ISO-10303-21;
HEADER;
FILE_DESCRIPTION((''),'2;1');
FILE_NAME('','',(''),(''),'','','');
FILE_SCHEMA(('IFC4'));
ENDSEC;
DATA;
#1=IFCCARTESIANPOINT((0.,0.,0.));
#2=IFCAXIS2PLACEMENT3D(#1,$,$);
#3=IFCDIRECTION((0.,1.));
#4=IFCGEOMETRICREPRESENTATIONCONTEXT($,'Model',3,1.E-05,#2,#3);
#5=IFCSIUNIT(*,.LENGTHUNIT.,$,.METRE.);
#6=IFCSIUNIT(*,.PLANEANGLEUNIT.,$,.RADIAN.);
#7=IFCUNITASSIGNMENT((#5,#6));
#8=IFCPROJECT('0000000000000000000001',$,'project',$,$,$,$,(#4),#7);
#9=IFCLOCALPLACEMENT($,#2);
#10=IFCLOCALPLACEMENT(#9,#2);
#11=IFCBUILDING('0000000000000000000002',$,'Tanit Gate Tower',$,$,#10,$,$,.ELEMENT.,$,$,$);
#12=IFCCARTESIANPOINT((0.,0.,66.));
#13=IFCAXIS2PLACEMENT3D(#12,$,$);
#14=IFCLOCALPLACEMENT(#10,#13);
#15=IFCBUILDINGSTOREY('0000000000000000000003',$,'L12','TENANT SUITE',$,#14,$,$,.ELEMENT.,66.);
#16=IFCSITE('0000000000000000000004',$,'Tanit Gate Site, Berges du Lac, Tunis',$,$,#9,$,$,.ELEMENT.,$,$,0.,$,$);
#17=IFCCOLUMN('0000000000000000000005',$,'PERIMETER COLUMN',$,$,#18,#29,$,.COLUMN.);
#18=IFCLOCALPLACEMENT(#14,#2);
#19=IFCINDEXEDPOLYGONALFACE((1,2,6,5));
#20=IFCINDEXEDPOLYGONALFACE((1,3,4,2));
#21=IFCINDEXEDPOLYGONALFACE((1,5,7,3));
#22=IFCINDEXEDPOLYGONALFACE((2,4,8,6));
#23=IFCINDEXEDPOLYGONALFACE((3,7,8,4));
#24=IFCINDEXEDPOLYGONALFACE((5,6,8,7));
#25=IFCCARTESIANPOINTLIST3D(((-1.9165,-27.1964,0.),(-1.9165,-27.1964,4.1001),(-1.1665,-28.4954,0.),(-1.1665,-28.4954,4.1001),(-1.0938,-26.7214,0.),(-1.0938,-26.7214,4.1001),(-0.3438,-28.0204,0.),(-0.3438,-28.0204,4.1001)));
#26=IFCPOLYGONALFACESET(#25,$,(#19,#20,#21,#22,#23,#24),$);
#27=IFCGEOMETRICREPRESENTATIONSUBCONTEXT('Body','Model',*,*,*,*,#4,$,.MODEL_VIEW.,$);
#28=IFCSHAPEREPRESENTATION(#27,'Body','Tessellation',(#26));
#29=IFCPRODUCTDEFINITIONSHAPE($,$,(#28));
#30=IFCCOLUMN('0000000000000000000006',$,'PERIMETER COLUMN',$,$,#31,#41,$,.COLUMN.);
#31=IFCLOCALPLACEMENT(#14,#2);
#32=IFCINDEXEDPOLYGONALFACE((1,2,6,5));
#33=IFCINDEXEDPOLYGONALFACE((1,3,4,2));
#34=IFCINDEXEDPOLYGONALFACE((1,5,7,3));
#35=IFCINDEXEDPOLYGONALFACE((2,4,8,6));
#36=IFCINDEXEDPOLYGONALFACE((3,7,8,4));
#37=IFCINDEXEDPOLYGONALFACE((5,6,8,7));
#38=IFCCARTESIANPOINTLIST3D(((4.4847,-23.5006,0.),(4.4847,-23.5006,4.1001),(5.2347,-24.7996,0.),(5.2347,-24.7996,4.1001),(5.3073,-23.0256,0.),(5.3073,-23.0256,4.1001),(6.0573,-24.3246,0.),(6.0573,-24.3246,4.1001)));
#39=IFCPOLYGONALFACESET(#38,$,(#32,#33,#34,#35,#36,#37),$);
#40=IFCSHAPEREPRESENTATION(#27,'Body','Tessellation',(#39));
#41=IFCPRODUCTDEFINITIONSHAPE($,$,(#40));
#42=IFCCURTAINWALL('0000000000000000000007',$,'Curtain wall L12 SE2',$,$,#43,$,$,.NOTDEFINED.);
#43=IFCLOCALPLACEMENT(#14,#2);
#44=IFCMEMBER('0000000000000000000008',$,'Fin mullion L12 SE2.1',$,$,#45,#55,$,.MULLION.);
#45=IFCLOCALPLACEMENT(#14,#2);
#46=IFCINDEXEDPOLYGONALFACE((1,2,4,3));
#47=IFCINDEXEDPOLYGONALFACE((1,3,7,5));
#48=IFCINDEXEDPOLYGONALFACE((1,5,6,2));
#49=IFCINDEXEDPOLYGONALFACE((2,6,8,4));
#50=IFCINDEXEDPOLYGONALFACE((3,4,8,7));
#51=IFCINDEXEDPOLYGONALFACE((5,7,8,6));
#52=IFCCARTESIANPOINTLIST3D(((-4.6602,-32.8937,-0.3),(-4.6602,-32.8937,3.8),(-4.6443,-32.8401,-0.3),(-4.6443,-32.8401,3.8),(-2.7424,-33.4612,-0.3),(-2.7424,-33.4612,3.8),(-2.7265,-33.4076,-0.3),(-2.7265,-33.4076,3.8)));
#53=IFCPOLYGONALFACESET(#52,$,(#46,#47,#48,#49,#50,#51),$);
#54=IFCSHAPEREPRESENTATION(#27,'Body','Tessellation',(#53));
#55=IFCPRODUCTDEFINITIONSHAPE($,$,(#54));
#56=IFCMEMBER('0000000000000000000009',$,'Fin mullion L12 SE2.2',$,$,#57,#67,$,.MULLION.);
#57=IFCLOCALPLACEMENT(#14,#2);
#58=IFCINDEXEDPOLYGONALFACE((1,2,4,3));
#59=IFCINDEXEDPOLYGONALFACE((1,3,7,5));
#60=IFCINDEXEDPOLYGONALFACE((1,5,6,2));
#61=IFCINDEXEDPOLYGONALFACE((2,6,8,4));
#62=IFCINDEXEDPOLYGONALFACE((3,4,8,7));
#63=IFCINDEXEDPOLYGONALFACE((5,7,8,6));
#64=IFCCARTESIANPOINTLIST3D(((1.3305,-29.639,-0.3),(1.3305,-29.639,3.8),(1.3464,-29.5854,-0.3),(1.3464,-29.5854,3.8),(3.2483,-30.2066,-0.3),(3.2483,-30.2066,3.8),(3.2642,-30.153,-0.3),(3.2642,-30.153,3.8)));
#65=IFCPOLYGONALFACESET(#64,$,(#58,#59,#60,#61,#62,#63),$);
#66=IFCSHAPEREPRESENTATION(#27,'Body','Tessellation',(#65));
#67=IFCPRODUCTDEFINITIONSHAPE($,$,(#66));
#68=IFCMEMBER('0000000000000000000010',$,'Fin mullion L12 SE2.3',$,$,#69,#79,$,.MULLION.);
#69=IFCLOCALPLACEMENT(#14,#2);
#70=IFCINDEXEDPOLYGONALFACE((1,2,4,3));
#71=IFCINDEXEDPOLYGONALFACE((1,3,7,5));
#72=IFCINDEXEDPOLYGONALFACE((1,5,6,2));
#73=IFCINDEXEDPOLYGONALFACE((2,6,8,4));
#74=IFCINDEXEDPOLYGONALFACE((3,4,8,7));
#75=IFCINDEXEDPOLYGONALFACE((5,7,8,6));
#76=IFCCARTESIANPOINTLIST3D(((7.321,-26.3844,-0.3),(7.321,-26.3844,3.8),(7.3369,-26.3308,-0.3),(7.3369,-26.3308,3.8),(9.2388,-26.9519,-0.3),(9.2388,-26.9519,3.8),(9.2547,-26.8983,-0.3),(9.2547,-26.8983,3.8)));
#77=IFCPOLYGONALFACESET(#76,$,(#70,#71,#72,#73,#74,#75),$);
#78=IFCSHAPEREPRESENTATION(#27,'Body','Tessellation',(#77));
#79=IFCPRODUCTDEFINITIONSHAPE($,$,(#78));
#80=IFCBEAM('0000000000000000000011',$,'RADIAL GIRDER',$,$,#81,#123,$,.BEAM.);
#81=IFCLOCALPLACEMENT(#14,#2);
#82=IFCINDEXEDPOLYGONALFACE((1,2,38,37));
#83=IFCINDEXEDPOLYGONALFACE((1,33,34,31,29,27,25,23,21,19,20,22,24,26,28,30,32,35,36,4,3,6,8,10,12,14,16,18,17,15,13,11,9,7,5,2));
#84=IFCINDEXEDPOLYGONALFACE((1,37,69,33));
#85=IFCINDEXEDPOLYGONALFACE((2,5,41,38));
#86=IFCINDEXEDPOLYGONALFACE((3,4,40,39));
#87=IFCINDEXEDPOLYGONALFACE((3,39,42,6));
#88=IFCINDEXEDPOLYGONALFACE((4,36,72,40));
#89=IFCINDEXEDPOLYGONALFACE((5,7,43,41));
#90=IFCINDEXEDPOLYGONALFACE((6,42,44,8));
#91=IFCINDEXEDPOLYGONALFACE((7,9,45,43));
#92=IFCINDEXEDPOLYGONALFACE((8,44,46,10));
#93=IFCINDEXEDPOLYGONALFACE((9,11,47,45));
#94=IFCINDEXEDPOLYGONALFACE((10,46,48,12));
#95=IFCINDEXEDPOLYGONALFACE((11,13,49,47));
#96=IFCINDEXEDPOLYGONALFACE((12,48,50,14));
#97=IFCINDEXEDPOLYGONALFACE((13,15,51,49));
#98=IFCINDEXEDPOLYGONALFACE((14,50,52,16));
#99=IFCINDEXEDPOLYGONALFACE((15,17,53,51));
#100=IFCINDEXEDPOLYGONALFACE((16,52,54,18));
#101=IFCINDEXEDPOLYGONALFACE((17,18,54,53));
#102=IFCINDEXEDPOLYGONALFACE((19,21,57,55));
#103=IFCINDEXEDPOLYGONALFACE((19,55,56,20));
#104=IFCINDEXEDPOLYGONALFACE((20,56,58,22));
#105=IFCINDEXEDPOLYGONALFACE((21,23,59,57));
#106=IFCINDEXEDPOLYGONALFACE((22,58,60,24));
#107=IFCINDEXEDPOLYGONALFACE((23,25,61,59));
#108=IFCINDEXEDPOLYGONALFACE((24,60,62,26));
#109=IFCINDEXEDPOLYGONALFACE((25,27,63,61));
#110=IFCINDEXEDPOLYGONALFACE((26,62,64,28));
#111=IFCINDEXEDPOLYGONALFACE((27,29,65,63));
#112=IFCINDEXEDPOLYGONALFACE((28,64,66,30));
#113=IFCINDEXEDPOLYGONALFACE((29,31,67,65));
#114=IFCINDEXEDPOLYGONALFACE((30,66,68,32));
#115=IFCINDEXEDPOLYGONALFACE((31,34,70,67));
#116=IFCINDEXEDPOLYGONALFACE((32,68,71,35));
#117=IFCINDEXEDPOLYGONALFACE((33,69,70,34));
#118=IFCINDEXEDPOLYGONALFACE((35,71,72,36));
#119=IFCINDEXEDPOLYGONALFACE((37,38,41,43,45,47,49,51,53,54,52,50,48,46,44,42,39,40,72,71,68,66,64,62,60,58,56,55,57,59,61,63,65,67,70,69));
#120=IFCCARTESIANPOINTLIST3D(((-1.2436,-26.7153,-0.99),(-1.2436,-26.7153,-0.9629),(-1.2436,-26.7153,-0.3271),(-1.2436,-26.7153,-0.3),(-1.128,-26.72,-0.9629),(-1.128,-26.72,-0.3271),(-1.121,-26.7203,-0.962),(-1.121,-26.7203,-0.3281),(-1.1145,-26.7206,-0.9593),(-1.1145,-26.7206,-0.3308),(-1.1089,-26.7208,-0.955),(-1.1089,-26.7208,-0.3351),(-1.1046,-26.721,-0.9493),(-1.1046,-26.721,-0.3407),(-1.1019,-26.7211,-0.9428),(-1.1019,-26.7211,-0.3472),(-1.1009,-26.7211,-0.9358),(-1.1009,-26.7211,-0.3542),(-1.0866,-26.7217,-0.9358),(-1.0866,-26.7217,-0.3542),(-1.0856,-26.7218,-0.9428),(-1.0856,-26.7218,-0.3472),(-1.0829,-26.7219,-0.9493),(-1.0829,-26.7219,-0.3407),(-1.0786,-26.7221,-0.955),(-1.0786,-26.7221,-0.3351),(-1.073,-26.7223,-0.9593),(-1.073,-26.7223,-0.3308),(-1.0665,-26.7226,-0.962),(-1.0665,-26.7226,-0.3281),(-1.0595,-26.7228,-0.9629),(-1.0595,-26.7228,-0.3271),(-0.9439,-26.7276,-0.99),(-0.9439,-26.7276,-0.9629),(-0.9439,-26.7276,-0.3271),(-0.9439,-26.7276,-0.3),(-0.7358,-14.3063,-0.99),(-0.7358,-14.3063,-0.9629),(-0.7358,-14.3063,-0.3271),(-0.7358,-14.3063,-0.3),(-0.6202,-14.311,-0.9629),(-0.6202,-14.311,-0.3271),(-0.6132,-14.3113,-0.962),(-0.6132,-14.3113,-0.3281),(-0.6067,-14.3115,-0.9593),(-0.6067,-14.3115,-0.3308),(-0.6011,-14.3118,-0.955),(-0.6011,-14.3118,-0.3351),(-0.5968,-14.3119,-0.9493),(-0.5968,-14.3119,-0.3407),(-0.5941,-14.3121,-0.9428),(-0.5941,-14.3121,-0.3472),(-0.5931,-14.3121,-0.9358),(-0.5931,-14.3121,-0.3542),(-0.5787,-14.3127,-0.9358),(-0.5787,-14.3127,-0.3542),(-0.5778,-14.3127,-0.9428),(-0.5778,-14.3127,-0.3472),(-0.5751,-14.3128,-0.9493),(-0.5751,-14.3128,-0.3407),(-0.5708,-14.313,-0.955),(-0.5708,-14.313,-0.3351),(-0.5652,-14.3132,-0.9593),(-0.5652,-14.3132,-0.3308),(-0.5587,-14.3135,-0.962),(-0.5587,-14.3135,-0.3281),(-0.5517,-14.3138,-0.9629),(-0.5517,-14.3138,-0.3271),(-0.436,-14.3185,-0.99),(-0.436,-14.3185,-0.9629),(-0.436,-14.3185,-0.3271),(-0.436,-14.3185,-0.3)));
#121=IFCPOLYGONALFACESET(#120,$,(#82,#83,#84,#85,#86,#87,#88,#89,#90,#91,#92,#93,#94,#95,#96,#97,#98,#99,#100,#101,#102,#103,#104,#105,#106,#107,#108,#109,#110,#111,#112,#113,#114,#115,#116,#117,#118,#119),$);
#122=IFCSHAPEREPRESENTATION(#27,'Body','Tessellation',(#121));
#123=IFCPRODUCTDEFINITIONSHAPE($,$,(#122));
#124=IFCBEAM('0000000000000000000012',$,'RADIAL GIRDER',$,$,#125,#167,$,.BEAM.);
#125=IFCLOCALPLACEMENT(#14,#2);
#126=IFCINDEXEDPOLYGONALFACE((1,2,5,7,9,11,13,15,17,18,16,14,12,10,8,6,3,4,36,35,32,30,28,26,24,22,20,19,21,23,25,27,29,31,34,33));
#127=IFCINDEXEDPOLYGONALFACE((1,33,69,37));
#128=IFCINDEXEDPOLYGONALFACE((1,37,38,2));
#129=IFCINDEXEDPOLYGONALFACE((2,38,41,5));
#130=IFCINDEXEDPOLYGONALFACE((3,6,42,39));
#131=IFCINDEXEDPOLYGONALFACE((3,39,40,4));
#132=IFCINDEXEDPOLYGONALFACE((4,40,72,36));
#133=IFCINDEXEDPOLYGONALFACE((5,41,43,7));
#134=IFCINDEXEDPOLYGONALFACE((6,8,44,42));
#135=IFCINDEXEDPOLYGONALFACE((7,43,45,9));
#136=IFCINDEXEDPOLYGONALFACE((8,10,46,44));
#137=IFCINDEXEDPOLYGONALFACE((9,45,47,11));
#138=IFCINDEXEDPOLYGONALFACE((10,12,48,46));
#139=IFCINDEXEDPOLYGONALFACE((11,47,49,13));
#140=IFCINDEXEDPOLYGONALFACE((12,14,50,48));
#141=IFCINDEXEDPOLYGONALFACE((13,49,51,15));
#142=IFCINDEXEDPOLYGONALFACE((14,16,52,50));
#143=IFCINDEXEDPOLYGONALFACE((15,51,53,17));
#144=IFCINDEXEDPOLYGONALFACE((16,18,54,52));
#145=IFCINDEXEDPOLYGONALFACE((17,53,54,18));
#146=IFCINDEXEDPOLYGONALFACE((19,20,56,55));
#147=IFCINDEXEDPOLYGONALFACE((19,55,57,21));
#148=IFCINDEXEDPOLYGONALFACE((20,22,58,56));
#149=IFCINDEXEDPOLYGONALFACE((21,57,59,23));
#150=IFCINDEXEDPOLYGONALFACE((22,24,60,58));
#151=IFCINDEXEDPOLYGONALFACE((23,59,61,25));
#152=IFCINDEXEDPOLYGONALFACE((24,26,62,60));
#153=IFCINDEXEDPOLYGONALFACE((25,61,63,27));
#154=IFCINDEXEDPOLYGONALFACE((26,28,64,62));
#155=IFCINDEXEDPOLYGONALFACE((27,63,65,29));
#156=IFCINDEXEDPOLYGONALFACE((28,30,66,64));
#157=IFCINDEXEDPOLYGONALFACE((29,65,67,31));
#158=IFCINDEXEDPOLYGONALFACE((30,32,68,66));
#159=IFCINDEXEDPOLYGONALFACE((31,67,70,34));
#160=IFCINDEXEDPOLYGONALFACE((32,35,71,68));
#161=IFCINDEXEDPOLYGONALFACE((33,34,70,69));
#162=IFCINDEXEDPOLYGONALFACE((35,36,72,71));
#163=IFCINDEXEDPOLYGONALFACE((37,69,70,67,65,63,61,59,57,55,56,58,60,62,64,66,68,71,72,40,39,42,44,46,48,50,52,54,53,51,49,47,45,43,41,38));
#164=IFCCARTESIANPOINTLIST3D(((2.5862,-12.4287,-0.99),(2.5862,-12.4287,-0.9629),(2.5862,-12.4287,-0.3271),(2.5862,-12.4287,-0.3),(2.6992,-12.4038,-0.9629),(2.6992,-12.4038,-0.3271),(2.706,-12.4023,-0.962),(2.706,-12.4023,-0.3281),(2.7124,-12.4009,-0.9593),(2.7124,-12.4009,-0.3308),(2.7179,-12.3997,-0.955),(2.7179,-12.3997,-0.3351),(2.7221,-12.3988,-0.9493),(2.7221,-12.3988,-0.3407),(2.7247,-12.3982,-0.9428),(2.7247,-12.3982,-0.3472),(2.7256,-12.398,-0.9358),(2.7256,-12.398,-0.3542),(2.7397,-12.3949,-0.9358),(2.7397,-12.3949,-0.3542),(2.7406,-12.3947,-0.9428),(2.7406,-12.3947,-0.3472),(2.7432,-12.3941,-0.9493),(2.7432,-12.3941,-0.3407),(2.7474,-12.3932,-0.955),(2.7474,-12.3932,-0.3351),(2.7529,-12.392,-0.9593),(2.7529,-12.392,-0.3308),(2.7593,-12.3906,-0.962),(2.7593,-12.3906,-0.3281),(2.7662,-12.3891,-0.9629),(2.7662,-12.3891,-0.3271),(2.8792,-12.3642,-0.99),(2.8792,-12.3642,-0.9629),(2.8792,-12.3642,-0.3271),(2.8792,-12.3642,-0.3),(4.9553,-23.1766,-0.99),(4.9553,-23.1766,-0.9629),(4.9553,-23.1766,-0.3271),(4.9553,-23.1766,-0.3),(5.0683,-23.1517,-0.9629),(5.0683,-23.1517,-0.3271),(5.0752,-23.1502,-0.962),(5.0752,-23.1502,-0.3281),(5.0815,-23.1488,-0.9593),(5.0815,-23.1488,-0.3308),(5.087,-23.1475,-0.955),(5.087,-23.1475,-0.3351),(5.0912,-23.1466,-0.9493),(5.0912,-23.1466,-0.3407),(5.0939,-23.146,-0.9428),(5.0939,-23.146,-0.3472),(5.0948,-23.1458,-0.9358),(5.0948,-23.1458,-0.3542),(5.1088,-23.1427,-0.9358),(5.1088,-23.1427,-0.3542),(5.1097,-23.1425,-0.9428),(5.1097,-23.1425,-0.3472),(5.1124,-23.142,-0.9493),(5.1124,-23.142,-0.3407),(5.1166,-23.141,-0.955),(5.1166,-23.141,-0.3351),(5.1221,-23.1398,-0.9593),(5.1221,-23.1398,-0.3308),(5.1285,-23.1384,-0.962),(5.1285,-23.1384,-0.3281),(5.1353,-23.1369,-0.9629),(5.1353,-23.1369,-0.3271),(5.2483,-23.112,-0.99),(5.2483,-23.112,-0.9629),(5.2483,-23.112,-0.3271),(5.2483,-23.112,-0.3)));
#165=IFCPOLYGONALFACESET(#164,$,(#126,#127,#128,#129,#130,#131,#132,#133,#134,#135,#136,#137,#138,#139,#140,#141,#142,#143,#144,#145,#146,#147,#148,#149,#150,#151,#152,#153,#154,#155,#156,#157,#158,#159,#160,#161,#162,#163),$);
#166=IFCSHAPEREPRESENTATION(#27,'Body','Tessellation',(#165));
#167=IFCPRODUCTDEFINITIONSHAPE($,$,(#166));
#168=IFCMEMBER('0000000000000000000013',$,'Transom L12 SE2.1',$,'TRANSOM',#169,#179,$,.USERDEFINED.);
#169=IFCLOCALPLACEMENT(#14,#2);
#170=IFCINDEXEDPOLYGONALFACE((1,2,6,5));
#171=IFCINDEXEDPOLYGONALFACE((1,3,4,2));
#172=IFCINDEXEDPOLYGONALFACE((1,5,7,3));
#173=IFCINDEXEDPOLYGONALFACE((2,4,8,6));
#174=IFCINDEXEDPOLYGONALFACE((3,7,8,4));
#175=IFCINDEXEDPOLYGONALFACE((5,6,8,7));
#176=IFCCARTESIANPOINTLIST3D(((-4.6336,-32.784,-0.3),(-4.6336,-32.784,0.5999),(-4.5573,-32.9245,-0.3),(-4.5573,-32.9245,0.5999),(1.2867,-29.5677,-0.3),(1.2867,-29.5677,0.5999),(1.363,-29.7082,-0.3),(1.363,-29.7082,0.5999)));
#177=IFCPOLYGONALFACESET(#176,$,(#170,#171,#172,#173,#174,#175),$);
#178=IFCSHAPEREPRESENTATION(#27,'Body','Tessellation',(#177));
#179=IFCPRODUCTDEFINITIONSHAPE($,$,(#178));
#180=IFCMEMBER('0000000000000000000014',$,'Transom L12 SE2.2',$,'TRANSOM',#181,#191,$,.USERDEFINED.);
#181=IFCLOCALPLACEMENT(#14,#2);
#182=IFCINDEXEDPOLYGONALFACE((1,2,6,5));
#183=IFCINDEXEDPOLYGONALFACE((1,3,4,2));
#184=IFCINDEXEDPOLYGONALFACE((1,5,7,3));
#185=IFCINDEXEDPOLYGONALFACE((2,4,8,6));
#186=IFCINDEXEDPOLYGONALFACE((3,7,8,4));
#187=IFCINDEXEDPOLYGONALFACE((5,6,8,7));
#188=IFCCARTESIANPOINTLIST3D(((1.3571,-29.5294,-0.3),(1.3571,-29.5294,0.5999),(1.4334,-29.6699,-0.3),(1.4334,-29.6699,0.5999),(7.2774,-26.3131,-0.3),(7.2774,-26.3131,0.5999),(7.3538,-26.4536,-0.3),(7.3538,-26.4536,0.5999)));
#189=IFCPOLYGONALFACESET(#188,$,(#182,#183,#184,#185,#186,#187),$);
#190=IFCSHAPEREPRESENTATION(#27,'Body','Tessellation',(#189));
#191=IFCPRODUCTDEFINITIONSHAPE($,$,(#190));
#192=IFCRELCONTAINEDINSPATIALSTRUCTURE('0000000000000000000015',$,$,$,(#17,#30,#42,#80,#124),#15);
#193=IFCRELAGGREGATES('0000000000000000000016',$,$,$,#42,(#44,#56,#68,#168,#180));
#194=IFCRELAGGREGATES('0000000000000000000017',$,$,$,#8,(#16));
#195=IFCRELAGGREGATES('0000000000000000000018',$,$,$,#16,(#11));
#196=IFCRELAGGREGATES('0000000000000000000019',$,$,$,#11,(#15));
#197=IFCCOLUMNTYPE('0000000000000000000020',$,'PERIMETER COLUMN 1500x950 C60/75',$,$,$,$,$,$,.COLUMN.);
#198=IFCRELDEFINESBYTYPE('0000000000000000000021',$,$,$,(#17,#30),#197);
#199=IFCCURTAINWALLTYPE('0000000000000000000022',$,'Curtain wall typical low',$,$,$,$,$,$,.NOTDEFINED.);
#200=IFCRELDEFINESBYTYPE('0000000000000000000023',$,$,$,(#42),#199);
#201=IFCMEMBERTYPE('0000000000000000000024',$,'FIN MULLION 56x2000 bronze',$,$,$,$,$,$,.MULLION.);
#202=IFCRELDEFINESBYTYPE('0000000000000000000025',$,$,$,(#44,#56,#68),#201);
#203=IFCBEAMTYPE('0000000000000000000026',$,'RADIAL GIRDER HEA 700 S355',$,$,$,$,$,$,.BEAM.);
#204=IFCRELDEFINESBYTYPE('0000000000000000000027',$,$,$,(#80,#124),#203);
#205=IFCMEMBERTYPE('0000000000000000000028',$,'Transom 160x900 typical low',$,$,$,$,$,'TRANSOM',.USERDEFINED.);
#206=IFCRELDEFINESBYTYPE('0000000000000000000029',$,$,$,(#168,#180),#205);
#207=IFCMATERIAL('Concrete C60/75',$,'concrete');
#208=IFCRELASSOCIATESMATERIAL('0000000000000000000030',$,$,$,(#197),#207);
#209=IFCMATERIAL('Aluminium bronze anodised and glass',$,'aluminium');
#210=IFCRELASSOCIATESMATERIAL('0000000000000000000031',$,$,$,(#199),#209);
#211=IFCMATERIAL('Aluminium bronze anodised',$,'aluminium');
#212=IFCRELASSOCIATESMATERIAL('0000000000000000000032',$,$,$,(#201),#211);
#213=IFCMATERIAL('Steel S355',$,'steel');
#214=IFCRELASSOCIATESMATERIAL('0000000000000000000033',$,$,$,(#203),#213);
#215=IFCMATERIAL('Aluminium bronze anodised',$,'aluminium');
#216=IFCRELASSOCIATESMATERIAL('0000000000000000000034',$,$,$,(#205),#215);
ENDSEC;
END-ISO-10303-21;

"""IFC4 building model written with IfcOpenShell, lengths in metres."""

from ifc_helpers import new_model, si_unit, direction, frame, origin, origin_2d, place, context, subcontext, project, spatial, rectangle, i_section, extrude, material, material_profile, profile_set, type_object, element, aggregate, save


model = new_model("IFC4")

# Units and contexts
model_context = context("Model", 3, precision=1e-05, world=origin(), true_north=direction((0.0, 1.0)))
body_context = subcontext(model_context, "Body", "Model", "MODEL_VIEW")
ifc_project = project(units=[si_unit("LENGTHUNIT", "METRE"), si_unit("PLANEANGLEUNIT", "RADIAN")], contexts=[model_context])

# Site, building, storey
site_placement = place(None, origin())
site = spatial("IfcSite", under=ifc_project, at=site_placement, Name="Tanit Gate Site, Berges du Lac, Tunis", CompositionType="ELEMENT", RefElevation=0.0)
building_placement = place(site_placement, origin())
building = spatial("IfcBuilding", under=site, at=building_placement, Name="Tanit Gate Tower", CompositionType="ELEMENT")
storey_placement = place(building_placement, frame((0.0, 0.0, 66.0)))
storey = spatial("IfcBuildingStorey", under=building, at=storey_placement, Name="L12", Description="TENANT SUITE", CompositionType="ELEMENT", Elevation=66.0)

# Columns
ifc_material_1 = material(Name="Concrete C60/75", Category="concrete")
ifc_material_profile_1 = material_profile(ifc_material_1, rectangle(XDim=1.5, YDim=0.95, at=origin_2d()), Name="RC 1500x950")
ifc_profile_set_1 = profile_set([ifc_material_profile_1], Name="Concrete C60/75")
column_type = type_object("IfcColumnType", Name="PERIMETER COLUMN 1500x950 C60/75", PredefinedType="COLUMN", material=ifc_profile_set_1)
for number, where, z_axis, x_axis, name in (
    (1, (-1.1301, -27.6084, 0.0), (0.0, 0.0, 1.0), (0.5, -0.866025, 0.0), "PERIMETER COLUMN"),
    (2, (5.271, -23.9126, 0.0), (0.0, 0.0, 1.0), (0.5, -0.866025, 0.0), "PERIMETER COLUMN"),
):
    element("IfcColumn", number, at=place(storey_placement, frame(where, z_axis=z_axis, x_axis=x_axis)), inside=storey, type_object=column_type, Name=name, PredefinedType="COLUMN", context=body_context, shape_type="SweptSolid", body=[
        extrude(rectangle(XDim=1.5, YDim=0.95, at=origin_2d()), origin(), (0.0, 0.0, 1.0), 4.1001),
    ])

# Curtain wall, members
ifc_material_2 = material(Name="Aluminium bronze anodised and glass", Category="aluminium")
curtain_wall_type = type_object("IfcCurtainWallType", Name="Curtain wall typical low", PredefinedType="NOTDEFINED", material=ifc_material_2)
curtain_wall_placement = place(storey_placement, origin())
curtain_wall = element("IfcCurtainWall", 3, at=curtain_wall_placement, inside=storey, type_object=curtain_wall_type, Name="Curtain wall L12 SE2", PredefinedType="NOTDEFINED")
ifc_material_3 = material(Name="Aluminium bronze anodised", Category="aluminium")
ifc_material_profile_2 = material_profile(ifc_material_3, rectangle(XDim=2.0, YDim=0.0559, at=origin_2d()), Name="56x2000 bronze fin mullion")
ifc_profile_set_2 = profile_set([ifc_material_profile_2], Name="Aluminium bronze anodised")
member_type_1 = type_object("IfcMemberType", Name="FIN MULLION 56x2000 bronze", PredefinedType="MULLION", material=ifc_profile_set_2)
member_1_placement = place(storey_placement, frame((-3.6934, -33.1506, -0.3), z_axis=(0.0, 0.0, 1.0), x_axis=(-0.958892, 0.283773, 0.0)))
member_1 = element("IfcMember", 4, at=member_1_placement, type_object=member_type_1, Name="Fin mullion L12 SE2.1", PredefinedType="MULLION", context=body_context, shape_type="SweptSolid", body=[
    extrude(rectangle(XDim=2.0, YDim=0.0559, at=origin_2d()), origin(), (0.0, 0.0, 1.0), 4.1001),
])
member_2_placement = place(storey_placement, frame((2.2974, -29.896, -0.3), z_axis=(0.0, 0.0, 1.0), x_axis=(-0.958892, 0.283773, 0.0)))
member_2 = element("IfcMember", 5, at=member_2_placement, type_object=member_type_1, Name="Fin mullion L12 SE2.2", PredefinedType="MULLION", context=body_context, shape_type="SweptSolid", body=[
    extrude(rectangle(XDim=2.0, YDim=0.0559, at=origin_2d()), origin(), (0.0, 0.0, 1.0), 4.1001),
])
member_3_placement = place(storey_placement, frame((8.2878, -26.6414, -0.3), z_axis=(0.0, 0.0, 1.0), x_axis=(-0.958892, 0.283773, 0.0)))
member_3 = element("IfcMember", 6, at=member_3_placement, type_object=member_type_1, Name="Fin mullion L12 SE2.3", PredefinedType="MULLION", context=body_context, shape_type="SweptSolid", body=[
    extrude(rectangle(XDim=2.0, YDim=0.0559, at=origin_2d()), origin(), (0.0, 0.0, 1.0), 4.1001),
])

# Beams
ifc_material_4 = material(Name="Steel S355", Category="steel")
ifc_material_profile_3 = material_profile(ifc_material_4, i_section(OverallWidth=0.3, OverallDepth=0.6899, WebThickness=0.0144, FlangeThickness=0.0271, FilletRadius=0.0271, at=origin_2d()), Name="HEA 700")
ifc_profile_set_3 = profile_set([ifc_material_profile_3], Name="Steel S355")
beam_type = type_object("IfcBeamType", Name="RADIAL GIRDER HEA 700 S355", PredefinedType="BEAM", material=ifc_profile_set_3)
beam_1_placement = place(storey_placement, frame((-1.0938, -26.7214, -0.645), z_axis=(0.040889, 0.999164, 0.0), x_axis=(-0.999164, 0.040889, 0.0)))
element("IfcBeam", 7, at=beam_1_placement, inside=storey, type_object=beam_type, Name="RADIAL GIRDER", PredefinedType="BEAM", context=body_context, shape_type="SweptSolid", body=[
    extrude(i_section(OverallWidth=0.3, OverallDepth=0.6899, WebThickness=0.0144, FlangeThickness=0.0271, FilletRadius=0.0271, at=origin_2d()), origin(), (0.0, 0.0, 1.0), 12.4194),
])
beam_2_placement = place(storey_placement, frame((5.1018, -23.1443, -0.645), z_axis=(-0.215263, 0.976556, 0.0), x_axis=(-0.976556, -0.215263, 0.0)))
element("IfcBeam", 8, at=beam_2_placement, inside=storey, type_object=beam_type, Name="RADIAL GIRDER", PredefinedType="BEAM", context=body_context, shape_type="SweptSolid", body=[
    extrude(i_section(OverallWidth=0.3, OverallDepth=0.6899, WebThickness=0.0144, FlangeThickness=0.0271, FilletRadius=0.0271, at=origin_2d()), origin(), (0.0, 0.0, 1.0), 11.0059),
])

# Members
ifc_material_5 = material(Name="Aluminium bronze anodised", Category="aluminium")
ifc_material_profile_4 = material_profile(ifc_material_5, rectangle(XDim=0.1599, YDim=0.8999, at=origin_2d()), Name="160x900 bronze transom")
ifc_profile_set_4 = profile_set([ifc_material_profile_4], Name="Aluminium bronze anodised")
member_type_2 = type_object("IfcMemberType", Name="Transom 160x900 typical low", ElementType="TRANSOM", PredefinedType="USERDEFINED", material=ifc_profile_set_4)
member_4_placement = place(storey_placement, frame((-4.5955, -32.8542, 0.1499), z_axis=(0.878706, 0.477364, 0.0), x_axis=(-0.477364, 0.878706, 0.0)))
member_4 = element("IfcMember", 9, at=member_4_placement, type_object=member_type_2, Name="Transom L12 SE2.1", ObjectType="TRANSOM", PredefinedType="USERDEFINED", context=body_context, shape_type="SweptSolid", body=[
    extrude(rectangle(XDim=0.1599, YDim=0.8999, at=origin_2d()), origin(), (0.0, 0.0, 1.0), 6.7375),
])
member_5_placement = place(storey_placement, frame((1.3953, -29.5996, 0.1499), z_axis=(0.878706, 0.477364, 0.0), x_axis=(-0.477364, 0.878706, 0.0)))
member_5 = element("IfcMember", 10, at=member_5_placement, type_object=member_type_2, Name="Transom L12 SE2.2", ObjectType="TRANSOM", PredefinedType="USERDEFINED", context=body_context, shape_type="SweptSolid", body=[
    extrude(rectangle(XDim=0.1599, YDim=0.8999, at=origin_2d()), origin(), (0.0, 0.0, 1.0), 6.7375),
])

aggregate(curtain_wall, [member_1, member_2, member_3, member_4, member_5])

save(model, "model.ifc")
